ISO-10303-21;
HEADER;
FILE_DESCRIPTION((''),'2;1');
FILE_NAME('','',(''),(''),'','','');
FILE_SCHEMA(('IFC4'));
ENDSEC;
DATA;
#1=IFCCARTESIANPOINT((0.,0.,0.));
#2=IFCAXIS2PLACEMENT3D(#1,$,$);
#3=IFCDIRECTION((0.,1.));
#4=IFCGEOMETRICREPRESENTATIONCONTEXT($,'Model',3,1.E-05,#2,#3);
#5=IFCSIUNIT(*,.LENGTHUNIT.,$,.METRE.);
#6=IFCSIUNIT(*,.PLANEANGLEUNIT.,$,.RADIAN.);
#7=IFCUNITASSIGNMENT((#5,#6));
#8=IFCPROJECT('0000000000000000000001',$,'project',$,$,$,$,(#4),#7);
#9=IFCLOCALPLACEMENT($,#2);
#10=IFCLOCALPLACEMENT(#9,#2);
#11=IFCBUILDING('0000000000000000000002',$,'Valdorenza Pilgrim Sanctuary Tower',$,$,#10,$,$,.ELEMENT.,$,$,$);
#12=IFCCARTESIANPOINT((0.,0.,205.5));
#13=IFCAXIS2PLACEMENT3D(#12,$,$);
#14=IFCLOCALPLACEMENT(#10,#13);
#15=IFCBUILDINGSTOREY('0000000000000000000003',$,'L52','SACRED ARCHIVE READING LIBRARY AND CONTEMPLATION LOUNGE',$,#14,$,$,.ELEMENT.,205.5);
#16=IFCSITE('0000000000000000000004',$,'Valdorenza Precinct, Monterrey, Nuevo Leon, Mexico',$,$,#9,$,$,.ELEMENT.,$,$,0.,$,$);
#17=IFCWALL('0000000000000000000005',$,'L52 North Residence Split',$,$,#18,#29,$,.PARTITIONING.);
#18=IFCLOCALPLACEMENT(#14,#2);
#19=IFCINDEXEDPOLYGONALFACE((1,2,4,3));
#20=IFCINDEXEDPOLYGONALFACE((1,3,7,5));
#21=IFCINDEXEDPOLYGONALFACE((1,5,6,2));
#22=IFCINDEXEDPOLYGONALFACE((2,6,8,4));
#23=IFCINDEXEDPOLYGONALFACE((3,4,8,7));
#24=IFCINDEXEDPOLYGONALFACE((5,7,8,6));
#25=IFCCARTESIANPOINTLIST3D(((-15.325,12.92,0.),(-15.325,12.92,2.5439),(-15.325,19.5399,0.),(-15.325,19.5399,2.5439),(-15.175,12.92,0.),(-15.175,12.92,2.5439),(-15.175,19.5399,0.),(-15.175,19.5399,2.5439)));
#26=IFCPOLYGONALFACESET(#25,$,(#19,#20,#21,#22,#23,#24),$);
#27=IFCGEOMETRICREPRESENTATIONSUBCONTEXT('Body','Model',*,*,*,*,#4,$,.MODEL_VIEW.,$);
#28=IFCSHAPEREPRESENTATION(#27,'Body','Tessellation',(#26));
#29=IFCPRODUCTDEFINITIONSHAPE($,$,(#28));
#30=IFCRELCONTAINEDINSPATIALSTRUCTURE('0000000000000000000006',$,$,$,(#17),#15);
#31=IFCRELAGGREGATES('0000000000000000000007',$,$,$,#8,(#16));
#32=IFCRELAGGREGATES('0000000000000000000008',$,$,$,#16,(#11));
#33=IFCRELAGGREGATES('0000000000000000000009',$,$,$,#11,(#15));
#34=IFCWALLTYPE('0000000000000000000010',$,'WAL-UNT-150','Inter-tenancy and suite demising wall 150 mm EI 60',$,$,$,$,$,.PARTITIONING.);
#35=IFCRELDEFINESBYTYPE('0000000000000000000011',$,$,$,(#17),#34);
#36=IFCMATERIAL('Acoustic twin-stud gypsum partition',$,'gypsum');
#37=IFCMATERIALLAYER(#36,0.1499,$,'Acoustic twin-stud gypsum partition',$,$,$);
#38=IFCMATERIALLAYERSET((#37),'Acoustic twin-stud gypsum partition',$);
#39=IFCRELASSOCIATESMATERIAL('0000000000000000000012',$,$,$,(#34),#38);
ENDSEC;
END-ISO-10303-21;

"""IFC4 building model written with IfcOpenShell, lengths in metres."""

from ifc_helpers import new_model, si_unit, direction, frame, frame_2d, origin, place, context, subcontext, project, spatial, rectangle, extrude, material, layer, layer_set, type_object, element, save


model = new_model("IFC4")

# Units and contexts
model_context = context("Model", 3, precision=1e-05, world=origin(), true_north=direction((0.0, 1.0)))
body_context = subcontext(model_context, "Body", "Model", "MODEL_VIEW")
ifc_project = project(units=[si_unit("LENGTHUNIT", "METRE"), si_unit("PLANEANGLEUNIT", "RADIAN")], contexts=[model_context])

# Site, building, storey
site_placement = place(None, origin())
site = spatial("IfcSite", under=ifc_project, at=site_placement, Name="Valdorenza Precinct, Monterrey, Nuevo Leon, Mexico", CompositionType="ELEMENT", RefElevation=0.0)
building_placement = place(site_placement, origin())
building = spatial("IfcBuilding", under=site, at=building_placement, Name="Valdorenza Pilgrim Sanctuary Tower", CompositionType="ELEMENT")
storey_placement = place(building_placement, frame((0.0, 0.0, 205.5)))
storey = spatial("IfcBuildingStorey", under=building, at=storey_placement, Name="L52", Description="SACRED ARCHIVE READING LIBRARY AND CONTEMPLATION LOUNGE", CompositionType="ELEMENT", Elevation=205.5)

# Shared definitions
ifc_material_1 = material(Name="Acoustic twin-stud gypsum partition", Category="gypsum")

# Wall
ifc_layer_1 = layer(ifc_material_1, 0.1499, Name="Acoustic twin-stud gypsum partition")
ifc_layer_set_1 = layer_set([ifc_layer_1], Name="Acoustic twin-stud gypsum partition")
wall_type_1 = type_object("IfcWallType", Name="WAL-UNT-150", Description="Inter-tenancy and suite demising wall 150 mm EI 60", PredefinedType="PARTITIONING", material=ifc_layer_set_1)
wall_1_placement = place(storey_placement, frame((-15.25, 12.9199, 0.0), z_axis=(0.0, 0.0, 1.0), x_axis=(0.0, 1.0, 0.0)))
element("IfcWall", 1, at=wall_1_placement, inside=storey, type_object=wall_type_1, Name="L52 North Residence Split", PredefinedType="PARTITIONING", context=body_context, shape_type="SweptSolid", body=[
    extrude(rectangle(XDim=6.6199, YDim=0.1499, at=frame_2d((3.3101, 0.0))), origin(), (0.0, 0.0, 1.0), 2.5439),
])

save(model, "model.ifc")
